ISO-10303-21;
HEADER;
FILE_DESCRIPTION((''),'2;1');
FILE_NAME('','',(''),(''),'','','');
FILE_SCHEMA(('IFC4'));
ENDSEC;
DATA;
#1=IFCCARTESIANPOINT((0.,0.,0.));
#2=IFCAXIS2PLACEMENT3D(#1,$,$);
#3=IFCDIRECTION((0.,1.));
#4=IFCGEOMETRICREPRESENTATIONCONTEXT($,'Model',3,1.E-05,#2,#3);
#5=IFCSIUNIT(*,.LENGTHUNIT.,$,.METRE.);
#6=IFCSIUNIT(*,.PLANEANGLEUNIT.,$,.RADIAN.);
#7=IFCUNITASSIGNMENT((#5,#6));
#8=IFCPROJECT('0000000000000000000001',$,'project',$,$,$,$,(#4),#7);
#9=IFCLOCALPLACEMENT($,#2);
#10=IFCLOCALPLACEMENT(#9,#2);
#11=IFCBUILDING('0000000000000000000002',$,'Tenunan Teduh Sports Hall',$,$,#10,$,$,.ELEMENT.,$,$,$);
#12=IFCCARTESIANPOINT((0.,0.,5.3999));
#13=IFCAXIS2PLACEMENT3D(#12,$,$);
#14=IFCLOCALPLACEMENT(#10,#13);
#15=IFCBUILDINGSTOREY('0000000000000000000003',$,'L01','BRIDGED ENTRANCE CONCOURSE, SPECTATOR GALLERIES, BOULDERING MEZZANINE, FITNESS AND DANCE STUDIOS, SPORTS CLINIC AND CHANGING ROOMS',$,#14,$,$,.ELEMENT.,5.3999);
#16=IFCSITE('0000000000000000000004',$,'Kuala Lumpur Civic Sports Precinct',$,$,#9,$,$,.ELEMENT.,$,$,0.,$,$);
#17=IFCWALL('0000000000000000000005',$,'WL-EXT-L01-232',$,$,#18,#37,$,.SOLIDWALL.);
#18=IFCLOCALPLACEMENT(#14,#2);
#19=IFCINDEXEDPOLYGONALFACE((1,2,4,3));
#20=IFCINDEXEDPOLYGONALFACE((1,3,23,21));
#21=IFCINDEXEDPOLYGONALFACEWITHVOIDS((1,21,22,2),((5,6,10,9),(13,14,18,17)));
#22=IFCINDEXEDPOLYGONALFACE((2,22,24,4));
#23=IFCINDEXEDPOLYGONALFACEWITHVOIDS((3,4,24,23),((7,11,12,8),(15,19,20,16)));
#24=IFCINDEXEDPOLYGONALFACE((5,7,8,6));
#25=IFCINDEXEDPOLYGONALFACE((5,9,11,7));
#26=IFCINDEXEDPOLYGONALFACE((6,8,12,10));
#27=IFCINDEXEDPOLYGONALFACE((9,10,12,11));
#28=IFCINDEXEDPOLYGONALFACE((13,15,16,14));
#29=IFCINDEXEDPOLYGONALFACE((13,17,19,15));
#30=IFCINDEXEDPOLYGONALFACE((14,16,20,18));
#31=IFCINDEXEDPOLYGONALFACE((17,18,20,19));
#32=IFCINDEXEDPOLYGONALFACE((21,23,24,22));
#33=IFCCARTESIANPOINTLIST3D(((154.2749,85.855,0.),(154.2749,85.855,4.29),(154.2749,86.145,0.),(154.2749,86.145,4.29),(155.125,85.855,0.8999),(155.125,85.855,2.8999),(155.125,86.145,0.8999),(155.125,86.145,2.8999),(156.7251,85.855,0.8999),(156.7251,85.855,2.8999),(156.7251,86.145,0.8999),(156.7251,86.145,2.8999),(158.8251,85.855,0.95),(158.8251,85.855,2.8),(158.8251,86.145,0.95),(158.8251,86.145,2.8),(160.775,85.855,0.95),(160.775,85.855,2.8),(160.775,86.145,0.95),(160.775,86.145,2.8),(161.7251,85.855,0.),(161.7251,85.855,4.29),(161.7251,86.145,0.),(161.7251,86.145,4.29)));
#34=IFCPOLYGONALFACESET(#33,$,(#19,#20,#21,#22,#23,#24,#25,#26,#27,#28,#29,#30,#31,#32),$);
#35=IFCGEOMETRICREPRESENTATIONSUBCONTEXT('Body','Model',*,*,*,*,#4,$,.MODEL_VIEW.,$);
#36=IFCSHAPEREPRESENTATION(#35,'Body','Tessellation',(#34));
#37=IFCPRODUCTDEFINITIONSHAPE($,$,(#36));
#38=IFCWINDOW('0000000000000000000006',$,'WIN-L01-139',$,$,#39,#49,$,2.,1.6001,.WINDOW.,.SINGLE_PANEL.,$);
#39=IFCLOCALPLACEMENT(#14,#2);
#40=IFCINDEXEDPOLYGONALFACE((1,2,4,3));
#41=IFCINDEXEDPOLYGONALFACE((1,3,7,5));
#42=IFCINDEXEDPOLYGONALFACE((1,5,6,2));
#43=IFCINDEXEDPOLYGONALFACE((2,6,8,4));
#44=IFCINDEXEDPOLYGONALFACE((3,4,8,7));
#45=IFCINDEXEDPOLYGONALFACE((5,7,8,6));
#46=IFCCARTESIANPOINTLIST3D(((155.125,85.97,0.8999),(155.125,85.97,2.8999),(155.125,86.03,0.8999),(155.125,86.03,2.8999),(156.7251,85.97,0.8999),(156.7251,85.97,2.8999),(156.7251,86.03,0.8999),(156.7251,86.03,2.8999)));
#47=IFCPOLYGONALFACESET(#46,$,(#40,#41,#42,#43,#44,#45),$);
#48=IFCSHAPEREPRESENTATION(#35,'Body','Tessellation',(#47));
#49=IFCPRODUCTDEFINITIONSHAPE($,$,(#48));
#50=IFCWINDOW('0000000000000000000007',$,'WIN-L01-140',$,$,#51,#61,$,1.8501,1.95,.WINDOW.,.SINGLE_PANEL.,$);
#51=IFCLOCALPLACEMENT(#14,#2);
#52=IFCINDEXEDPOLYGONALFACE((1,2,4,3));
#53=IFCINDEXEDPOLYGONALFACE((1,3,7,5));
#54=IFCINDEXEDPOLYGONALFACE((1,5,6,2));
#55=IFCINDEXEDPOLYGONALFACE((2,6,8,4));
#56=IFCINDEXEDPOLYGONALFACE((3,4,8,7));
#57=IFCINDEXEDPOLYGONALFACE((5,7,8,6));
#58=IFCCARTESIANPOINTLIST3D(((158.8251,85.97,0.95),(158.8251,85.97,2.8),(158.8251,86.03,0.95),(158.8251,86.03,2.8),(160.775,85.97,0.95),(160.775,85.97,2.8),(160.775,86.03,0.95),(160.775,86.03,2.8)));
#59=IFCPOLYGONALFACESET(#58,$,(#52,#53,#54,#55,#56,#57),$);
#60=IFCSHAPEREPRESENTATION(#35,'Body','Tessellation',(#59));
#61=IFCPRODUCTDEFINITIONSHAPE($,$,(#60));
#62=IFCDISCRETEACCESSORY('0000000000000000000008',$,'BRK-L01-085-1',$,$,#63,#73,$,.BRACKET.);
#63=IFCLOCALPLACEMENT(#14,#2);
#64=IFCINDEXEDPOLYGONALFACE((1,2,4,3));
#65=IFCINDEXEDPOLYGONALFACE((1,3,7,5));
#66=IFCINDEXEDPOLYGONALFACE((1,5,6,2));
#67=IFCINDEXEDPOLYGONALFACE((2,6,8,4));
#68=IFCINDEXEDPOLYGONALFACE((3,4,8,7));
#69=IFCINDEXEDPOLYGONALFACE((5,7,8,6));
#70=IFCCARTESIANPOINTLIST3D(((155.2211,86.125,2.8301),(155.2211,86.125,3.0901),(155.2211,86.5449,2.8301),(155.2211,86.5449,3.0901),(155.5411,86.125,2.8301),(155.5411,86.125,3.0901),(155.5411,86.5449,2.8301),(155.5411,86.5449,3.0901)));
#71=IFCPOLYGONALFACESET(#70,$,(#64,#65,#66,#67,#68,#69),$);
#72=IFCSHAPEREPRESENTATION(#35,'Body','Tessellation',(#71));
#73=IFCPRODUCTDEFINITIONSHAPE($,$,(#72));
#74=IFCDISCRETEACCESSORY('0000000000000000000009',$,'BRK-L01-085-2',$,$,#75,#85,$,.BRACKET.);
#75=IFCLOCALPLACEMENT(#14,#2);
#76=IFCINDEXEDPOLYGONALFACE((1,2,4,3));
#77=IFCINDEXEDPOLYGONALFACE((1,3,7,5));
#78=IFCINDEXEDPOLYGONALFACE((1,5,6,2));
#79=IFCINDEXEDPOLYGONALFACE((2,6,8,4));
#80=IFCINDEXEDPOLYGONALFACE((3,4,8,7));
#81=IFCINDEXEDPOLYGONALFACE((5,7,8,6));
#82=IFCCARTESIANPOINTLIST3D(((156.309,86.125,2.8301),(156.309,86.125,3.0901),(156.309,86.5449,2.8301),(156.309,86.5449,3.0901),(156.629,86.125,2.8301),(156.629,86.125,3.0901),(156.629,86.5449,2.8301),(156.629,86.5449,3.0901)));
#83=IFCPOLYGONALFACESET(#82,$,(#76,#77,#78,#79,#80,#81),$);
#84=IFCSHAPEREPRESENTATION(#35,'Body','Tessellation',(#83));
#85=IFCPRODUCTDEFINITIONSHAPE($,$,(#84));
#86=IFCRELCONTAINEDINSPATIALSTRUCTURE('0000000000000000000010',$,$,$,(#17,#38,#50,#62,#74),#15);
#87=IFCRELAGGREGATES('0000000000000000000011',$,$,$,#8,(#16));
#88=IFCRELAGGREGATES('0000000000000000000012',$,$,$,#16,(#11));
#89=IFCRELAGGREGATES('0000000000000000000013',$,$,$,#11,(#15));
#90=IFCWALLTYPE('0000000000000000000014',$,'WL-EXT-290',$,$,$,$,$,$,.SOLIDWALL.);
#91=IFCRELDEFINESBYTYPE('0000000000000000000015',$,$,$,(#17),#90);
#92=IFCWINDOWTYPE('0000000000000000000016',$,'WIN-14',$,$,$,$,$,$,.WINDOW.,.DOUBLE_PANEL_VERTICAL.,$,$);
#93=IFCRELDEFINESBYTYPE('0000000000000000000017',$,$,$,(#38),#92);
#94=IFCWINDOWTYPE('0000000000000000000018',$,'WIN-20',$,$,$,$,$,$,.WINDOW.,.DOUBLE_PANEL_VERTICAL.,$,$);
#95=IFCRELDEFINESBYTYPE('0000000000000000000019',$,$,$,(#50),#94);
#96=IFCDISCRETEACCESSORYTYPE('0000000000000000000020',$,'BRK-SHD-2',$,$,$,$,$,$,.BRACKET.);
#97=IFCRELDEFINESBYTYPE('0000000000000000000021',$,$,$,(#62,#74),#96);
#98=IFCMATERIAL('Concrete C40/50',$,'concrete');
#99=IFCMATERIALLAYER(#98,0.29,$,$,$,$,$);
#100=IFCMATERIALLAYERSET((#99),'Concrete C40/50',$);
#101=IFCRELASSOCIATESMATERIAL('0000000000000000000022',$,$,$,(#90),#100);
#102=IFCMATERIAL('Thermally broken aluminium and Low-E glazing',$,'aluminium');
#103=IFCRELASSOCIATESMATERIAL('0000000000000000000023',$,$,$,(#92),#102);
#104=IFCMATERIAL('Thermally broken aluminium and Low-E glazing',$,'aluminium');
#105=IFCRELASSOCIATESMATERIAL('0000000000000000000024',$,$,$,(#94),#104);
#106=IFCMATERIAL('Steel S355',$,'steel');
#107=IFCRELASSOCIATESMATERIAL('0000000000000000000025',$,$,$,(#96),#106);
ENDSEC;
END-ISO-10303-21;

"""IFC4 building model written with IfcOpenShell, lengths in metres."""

from ifc_helpers import new_model, si_unit, direction, frame, frame_2d, origin, origin_2d, place, context, subcontext, project, spatial, rectangle, extrude, material, layer, layer_set, type_object, element, fill, save


model = new_model("IFC4")

# Units and contexts
model_context = context("Model", 3, precision=1e-05, world=origin(), true_north=direction((0.0, 1.0)))
body_context = subcontext(model_context, "Body", "Model", "MODEL_VIEW")
ifc_project = project(units=[si_unit("LENGTHUNIT", "METRE"), si_unit("PLANEANGLEUNIT", "RADIAN")], contexts=[model_context])

# Site, building, storey
site_placement = place(None, origin())
site = spatial("IfcSite", under=ifc_project, at=site_placement, Name="Kuala Lumpur Civic Sports Precinct", CompositionType="ELEMENT", RefElevation=0.0)
building_placement = place(site_placement, origin())
building = spatial("IfcBuilding", under=site, at=building_placement, Name="Tenunan Teduh Sports Hall", CompositionType="ELEMENT")
storey_placement = place(building_placement, frame((0.0, 0.0, 5.3999)))
storey = spatial("IfcBuildingStorey", under=building, at=storey_placement, Name="L01", Description="BRIDGED ENTRANCE CONCOURSE, SPECTATOR GALLERIES, BOULDERING MEZZANINE, FITNESS AND DANCE STUDIOS, SPORTS CLINIC AND CHANGING ROOMS", CompositionType="ELEMENT", Elevation=5.3999)

# Wall, openings, windows
ifc_material_1 = material(Name="Concrete C40/50", Category="concrete")
ifc_layer_1 = layer(ifc_material_1, 0.29)
ifc_layer_set_1 = layer_set([ifc_layer_1], Name="Concrete C40/50")
wall_type = type_object("IfcWallType", Name="WL-EXT-290", PredefinedType="SOLIDWALL", material=ifc_layer_set_1)
wall_placement = place(storey_placement, frame((154.2749, 86.0, 0.0), z_axis=(0.0, 0.0, 1.0), x_axis=(1.0, 0.0, 0.0)))
wall = element("IfcWall", 1, at=wall_placement, inside=storey, type_object=wall_type, Name="WL-EXT-L01-232", PredefinedType="SOLIDWALL", context=body_context, shape_type="SweptSolid", body=[
    extrude(rectangle(XDim=7.4502, YDim=0.29, at=frame_2d((3.7251, 0.0))), origin(), (0.0, 0.0, 1.0), 4.29),
])
opening_1_placement = place(wall_placement, frame((0.8501, 0.0, 0.8999)))
opening_1 = element("IfcOpeningElement", 2, at=opening_1_placement, cuts=wall, PredefinedType="OPENING", context=body_context, shape_type="SweptSolid", body=[
    extrude(rectangle(XDim=1.6001, YDim=2.0, at=frame_2d((0.8, 1.0))), frame((0.0, 0.155, 0.0), z_axis=(0.0, -1.0, 0.0), x_axis=(1.0, 0.0, 0.0)), (0.0, 0.0, 1.0), 0.3101),
])
opening_2_placement = place(wall_placement, frame((4.55, 0.0, 0.95)))
opening_2 = element("IfcOpeningElement", 3, at=opening_2_placement, cuts=wall, PredefinedType="OPENING", context=body_context, shape_type="SweptSolid", body=[
    extrude(rectangle(XDim=1.95, YDim=1.8501, at=frame_2d((0.9751, 0.925))), frame((0.0, 0.155, 0.0), z_axis=(0.0, -1.0, 0.0), x_axis=(1.0, 0.0, 0.0)), (0.0, 0.0, 1.0), 0.3101),
])
ifc_material_2 = material(Name="Thermally broken aluminium and Low-E glazing", Category="aluminium")
window_type_1 = type_object("IfcWindowType", Name="WIN-14", PartitioningType="DOUBLE_PANEL_VERTICAL", PredefinedType="WINDOW", material=ifc_material_2)
window_1_placement = place(opening_1_placement, origin())
window_1 = element("IfcWindow", 4, at=window_1_placement, inside=storey, type_object=window_type_1, Name="WIN-L01-139", OverallHeight=2.0, OverallWidth=1.6001, PartitioningType="SINGLE_PANEL", PredefinedType="WINDOW", context=body_context, shape_type="SweptSolid", body=[
    extrude(rectangle(XDim=1.6001, YDim=2.0, at=frame_2d((0.8, 1.0))), frame((0.0, 0.03, 0.0), z_axis=(0.0, -1.0, 0.0), x_axis=(1.0, 0.0, 0.0)), (0.0, 0.0, 1.0), 0.0601),
])
fill(opening_1, window_1)
ifc_material_3 = material(Name="Thermally broken aluminium and Low-E glazing", Category="aluminium")
window_type_2 = type_object("IfcWindowType", Name="WIN-20", PartitioningType="DOUBLE_PANEL_VERTICAL", PredefinedType="WINDOW", material=ifc_material_3)
window_2_placement = place(opening_2_placement, origin())
window_2 = element("IfcWindow", 5, at=window_2_placement, inside=storey, type_object=window_type_2, Name="WIN-L01-140", OverallHeight=1.8501, OverallWidth=1.95, PartitioningType="SINGLE_PANEL", PredefinedType="WINDOW", context=body_context, shape_type="SweptSolid", body=[
    extrude(rectangle(XDim=1.95, YDim=1.8501, at=frame_2d((0.9751, 0.925))), frame((0.0, 0.03, 0.0), z_axis=(0.0, -1.0, 0.0), x_axis=(1.0, 0.0, 0.0)), (0.0, 0.0, 1.0), 0.0601),
])
fill(opening_2, window_2)

# Discrete accessories
ifc_material_4 = material(Name="Steel S355", Category="steel")
discrete_accessory_type = type_object("IfcDiscreteAccessoryType", Name="BRK-SHD-2", PredefinedType="BRACKET", material=ifc_material_4)
for number, where, z_axis, x_axis, name in (
    (6, (155.3811, 86.335, 2.8301), (0.0, 0.0, 1.0), (1.0, 0.0, 0.0), "BRK-L01-085-1"),
    (7, (156.469, 86.335, 2.8301), (0.0, 0.0, 1.0), (1.0, 0.0, 0.0), "BRK-L01-085-2"),
):
    element("IfcDiscreteAccessory", number, at=place(storey_placement, frame(where, z_axis=z_axis, x_axis=x_axis)), inside=storey, type_object=discrete_accessory_type, Name=name, PredefinedType="BRACKET", context=body_context, shape_type="SweptSolid", body=[
        extrude(rectangle(XDim=0.3201, YDim=0.4199, at=origin_2d()), origin(), (0.0, 0.0, 1.0), 0.26),
    ])

save(model, "model.ifc")
